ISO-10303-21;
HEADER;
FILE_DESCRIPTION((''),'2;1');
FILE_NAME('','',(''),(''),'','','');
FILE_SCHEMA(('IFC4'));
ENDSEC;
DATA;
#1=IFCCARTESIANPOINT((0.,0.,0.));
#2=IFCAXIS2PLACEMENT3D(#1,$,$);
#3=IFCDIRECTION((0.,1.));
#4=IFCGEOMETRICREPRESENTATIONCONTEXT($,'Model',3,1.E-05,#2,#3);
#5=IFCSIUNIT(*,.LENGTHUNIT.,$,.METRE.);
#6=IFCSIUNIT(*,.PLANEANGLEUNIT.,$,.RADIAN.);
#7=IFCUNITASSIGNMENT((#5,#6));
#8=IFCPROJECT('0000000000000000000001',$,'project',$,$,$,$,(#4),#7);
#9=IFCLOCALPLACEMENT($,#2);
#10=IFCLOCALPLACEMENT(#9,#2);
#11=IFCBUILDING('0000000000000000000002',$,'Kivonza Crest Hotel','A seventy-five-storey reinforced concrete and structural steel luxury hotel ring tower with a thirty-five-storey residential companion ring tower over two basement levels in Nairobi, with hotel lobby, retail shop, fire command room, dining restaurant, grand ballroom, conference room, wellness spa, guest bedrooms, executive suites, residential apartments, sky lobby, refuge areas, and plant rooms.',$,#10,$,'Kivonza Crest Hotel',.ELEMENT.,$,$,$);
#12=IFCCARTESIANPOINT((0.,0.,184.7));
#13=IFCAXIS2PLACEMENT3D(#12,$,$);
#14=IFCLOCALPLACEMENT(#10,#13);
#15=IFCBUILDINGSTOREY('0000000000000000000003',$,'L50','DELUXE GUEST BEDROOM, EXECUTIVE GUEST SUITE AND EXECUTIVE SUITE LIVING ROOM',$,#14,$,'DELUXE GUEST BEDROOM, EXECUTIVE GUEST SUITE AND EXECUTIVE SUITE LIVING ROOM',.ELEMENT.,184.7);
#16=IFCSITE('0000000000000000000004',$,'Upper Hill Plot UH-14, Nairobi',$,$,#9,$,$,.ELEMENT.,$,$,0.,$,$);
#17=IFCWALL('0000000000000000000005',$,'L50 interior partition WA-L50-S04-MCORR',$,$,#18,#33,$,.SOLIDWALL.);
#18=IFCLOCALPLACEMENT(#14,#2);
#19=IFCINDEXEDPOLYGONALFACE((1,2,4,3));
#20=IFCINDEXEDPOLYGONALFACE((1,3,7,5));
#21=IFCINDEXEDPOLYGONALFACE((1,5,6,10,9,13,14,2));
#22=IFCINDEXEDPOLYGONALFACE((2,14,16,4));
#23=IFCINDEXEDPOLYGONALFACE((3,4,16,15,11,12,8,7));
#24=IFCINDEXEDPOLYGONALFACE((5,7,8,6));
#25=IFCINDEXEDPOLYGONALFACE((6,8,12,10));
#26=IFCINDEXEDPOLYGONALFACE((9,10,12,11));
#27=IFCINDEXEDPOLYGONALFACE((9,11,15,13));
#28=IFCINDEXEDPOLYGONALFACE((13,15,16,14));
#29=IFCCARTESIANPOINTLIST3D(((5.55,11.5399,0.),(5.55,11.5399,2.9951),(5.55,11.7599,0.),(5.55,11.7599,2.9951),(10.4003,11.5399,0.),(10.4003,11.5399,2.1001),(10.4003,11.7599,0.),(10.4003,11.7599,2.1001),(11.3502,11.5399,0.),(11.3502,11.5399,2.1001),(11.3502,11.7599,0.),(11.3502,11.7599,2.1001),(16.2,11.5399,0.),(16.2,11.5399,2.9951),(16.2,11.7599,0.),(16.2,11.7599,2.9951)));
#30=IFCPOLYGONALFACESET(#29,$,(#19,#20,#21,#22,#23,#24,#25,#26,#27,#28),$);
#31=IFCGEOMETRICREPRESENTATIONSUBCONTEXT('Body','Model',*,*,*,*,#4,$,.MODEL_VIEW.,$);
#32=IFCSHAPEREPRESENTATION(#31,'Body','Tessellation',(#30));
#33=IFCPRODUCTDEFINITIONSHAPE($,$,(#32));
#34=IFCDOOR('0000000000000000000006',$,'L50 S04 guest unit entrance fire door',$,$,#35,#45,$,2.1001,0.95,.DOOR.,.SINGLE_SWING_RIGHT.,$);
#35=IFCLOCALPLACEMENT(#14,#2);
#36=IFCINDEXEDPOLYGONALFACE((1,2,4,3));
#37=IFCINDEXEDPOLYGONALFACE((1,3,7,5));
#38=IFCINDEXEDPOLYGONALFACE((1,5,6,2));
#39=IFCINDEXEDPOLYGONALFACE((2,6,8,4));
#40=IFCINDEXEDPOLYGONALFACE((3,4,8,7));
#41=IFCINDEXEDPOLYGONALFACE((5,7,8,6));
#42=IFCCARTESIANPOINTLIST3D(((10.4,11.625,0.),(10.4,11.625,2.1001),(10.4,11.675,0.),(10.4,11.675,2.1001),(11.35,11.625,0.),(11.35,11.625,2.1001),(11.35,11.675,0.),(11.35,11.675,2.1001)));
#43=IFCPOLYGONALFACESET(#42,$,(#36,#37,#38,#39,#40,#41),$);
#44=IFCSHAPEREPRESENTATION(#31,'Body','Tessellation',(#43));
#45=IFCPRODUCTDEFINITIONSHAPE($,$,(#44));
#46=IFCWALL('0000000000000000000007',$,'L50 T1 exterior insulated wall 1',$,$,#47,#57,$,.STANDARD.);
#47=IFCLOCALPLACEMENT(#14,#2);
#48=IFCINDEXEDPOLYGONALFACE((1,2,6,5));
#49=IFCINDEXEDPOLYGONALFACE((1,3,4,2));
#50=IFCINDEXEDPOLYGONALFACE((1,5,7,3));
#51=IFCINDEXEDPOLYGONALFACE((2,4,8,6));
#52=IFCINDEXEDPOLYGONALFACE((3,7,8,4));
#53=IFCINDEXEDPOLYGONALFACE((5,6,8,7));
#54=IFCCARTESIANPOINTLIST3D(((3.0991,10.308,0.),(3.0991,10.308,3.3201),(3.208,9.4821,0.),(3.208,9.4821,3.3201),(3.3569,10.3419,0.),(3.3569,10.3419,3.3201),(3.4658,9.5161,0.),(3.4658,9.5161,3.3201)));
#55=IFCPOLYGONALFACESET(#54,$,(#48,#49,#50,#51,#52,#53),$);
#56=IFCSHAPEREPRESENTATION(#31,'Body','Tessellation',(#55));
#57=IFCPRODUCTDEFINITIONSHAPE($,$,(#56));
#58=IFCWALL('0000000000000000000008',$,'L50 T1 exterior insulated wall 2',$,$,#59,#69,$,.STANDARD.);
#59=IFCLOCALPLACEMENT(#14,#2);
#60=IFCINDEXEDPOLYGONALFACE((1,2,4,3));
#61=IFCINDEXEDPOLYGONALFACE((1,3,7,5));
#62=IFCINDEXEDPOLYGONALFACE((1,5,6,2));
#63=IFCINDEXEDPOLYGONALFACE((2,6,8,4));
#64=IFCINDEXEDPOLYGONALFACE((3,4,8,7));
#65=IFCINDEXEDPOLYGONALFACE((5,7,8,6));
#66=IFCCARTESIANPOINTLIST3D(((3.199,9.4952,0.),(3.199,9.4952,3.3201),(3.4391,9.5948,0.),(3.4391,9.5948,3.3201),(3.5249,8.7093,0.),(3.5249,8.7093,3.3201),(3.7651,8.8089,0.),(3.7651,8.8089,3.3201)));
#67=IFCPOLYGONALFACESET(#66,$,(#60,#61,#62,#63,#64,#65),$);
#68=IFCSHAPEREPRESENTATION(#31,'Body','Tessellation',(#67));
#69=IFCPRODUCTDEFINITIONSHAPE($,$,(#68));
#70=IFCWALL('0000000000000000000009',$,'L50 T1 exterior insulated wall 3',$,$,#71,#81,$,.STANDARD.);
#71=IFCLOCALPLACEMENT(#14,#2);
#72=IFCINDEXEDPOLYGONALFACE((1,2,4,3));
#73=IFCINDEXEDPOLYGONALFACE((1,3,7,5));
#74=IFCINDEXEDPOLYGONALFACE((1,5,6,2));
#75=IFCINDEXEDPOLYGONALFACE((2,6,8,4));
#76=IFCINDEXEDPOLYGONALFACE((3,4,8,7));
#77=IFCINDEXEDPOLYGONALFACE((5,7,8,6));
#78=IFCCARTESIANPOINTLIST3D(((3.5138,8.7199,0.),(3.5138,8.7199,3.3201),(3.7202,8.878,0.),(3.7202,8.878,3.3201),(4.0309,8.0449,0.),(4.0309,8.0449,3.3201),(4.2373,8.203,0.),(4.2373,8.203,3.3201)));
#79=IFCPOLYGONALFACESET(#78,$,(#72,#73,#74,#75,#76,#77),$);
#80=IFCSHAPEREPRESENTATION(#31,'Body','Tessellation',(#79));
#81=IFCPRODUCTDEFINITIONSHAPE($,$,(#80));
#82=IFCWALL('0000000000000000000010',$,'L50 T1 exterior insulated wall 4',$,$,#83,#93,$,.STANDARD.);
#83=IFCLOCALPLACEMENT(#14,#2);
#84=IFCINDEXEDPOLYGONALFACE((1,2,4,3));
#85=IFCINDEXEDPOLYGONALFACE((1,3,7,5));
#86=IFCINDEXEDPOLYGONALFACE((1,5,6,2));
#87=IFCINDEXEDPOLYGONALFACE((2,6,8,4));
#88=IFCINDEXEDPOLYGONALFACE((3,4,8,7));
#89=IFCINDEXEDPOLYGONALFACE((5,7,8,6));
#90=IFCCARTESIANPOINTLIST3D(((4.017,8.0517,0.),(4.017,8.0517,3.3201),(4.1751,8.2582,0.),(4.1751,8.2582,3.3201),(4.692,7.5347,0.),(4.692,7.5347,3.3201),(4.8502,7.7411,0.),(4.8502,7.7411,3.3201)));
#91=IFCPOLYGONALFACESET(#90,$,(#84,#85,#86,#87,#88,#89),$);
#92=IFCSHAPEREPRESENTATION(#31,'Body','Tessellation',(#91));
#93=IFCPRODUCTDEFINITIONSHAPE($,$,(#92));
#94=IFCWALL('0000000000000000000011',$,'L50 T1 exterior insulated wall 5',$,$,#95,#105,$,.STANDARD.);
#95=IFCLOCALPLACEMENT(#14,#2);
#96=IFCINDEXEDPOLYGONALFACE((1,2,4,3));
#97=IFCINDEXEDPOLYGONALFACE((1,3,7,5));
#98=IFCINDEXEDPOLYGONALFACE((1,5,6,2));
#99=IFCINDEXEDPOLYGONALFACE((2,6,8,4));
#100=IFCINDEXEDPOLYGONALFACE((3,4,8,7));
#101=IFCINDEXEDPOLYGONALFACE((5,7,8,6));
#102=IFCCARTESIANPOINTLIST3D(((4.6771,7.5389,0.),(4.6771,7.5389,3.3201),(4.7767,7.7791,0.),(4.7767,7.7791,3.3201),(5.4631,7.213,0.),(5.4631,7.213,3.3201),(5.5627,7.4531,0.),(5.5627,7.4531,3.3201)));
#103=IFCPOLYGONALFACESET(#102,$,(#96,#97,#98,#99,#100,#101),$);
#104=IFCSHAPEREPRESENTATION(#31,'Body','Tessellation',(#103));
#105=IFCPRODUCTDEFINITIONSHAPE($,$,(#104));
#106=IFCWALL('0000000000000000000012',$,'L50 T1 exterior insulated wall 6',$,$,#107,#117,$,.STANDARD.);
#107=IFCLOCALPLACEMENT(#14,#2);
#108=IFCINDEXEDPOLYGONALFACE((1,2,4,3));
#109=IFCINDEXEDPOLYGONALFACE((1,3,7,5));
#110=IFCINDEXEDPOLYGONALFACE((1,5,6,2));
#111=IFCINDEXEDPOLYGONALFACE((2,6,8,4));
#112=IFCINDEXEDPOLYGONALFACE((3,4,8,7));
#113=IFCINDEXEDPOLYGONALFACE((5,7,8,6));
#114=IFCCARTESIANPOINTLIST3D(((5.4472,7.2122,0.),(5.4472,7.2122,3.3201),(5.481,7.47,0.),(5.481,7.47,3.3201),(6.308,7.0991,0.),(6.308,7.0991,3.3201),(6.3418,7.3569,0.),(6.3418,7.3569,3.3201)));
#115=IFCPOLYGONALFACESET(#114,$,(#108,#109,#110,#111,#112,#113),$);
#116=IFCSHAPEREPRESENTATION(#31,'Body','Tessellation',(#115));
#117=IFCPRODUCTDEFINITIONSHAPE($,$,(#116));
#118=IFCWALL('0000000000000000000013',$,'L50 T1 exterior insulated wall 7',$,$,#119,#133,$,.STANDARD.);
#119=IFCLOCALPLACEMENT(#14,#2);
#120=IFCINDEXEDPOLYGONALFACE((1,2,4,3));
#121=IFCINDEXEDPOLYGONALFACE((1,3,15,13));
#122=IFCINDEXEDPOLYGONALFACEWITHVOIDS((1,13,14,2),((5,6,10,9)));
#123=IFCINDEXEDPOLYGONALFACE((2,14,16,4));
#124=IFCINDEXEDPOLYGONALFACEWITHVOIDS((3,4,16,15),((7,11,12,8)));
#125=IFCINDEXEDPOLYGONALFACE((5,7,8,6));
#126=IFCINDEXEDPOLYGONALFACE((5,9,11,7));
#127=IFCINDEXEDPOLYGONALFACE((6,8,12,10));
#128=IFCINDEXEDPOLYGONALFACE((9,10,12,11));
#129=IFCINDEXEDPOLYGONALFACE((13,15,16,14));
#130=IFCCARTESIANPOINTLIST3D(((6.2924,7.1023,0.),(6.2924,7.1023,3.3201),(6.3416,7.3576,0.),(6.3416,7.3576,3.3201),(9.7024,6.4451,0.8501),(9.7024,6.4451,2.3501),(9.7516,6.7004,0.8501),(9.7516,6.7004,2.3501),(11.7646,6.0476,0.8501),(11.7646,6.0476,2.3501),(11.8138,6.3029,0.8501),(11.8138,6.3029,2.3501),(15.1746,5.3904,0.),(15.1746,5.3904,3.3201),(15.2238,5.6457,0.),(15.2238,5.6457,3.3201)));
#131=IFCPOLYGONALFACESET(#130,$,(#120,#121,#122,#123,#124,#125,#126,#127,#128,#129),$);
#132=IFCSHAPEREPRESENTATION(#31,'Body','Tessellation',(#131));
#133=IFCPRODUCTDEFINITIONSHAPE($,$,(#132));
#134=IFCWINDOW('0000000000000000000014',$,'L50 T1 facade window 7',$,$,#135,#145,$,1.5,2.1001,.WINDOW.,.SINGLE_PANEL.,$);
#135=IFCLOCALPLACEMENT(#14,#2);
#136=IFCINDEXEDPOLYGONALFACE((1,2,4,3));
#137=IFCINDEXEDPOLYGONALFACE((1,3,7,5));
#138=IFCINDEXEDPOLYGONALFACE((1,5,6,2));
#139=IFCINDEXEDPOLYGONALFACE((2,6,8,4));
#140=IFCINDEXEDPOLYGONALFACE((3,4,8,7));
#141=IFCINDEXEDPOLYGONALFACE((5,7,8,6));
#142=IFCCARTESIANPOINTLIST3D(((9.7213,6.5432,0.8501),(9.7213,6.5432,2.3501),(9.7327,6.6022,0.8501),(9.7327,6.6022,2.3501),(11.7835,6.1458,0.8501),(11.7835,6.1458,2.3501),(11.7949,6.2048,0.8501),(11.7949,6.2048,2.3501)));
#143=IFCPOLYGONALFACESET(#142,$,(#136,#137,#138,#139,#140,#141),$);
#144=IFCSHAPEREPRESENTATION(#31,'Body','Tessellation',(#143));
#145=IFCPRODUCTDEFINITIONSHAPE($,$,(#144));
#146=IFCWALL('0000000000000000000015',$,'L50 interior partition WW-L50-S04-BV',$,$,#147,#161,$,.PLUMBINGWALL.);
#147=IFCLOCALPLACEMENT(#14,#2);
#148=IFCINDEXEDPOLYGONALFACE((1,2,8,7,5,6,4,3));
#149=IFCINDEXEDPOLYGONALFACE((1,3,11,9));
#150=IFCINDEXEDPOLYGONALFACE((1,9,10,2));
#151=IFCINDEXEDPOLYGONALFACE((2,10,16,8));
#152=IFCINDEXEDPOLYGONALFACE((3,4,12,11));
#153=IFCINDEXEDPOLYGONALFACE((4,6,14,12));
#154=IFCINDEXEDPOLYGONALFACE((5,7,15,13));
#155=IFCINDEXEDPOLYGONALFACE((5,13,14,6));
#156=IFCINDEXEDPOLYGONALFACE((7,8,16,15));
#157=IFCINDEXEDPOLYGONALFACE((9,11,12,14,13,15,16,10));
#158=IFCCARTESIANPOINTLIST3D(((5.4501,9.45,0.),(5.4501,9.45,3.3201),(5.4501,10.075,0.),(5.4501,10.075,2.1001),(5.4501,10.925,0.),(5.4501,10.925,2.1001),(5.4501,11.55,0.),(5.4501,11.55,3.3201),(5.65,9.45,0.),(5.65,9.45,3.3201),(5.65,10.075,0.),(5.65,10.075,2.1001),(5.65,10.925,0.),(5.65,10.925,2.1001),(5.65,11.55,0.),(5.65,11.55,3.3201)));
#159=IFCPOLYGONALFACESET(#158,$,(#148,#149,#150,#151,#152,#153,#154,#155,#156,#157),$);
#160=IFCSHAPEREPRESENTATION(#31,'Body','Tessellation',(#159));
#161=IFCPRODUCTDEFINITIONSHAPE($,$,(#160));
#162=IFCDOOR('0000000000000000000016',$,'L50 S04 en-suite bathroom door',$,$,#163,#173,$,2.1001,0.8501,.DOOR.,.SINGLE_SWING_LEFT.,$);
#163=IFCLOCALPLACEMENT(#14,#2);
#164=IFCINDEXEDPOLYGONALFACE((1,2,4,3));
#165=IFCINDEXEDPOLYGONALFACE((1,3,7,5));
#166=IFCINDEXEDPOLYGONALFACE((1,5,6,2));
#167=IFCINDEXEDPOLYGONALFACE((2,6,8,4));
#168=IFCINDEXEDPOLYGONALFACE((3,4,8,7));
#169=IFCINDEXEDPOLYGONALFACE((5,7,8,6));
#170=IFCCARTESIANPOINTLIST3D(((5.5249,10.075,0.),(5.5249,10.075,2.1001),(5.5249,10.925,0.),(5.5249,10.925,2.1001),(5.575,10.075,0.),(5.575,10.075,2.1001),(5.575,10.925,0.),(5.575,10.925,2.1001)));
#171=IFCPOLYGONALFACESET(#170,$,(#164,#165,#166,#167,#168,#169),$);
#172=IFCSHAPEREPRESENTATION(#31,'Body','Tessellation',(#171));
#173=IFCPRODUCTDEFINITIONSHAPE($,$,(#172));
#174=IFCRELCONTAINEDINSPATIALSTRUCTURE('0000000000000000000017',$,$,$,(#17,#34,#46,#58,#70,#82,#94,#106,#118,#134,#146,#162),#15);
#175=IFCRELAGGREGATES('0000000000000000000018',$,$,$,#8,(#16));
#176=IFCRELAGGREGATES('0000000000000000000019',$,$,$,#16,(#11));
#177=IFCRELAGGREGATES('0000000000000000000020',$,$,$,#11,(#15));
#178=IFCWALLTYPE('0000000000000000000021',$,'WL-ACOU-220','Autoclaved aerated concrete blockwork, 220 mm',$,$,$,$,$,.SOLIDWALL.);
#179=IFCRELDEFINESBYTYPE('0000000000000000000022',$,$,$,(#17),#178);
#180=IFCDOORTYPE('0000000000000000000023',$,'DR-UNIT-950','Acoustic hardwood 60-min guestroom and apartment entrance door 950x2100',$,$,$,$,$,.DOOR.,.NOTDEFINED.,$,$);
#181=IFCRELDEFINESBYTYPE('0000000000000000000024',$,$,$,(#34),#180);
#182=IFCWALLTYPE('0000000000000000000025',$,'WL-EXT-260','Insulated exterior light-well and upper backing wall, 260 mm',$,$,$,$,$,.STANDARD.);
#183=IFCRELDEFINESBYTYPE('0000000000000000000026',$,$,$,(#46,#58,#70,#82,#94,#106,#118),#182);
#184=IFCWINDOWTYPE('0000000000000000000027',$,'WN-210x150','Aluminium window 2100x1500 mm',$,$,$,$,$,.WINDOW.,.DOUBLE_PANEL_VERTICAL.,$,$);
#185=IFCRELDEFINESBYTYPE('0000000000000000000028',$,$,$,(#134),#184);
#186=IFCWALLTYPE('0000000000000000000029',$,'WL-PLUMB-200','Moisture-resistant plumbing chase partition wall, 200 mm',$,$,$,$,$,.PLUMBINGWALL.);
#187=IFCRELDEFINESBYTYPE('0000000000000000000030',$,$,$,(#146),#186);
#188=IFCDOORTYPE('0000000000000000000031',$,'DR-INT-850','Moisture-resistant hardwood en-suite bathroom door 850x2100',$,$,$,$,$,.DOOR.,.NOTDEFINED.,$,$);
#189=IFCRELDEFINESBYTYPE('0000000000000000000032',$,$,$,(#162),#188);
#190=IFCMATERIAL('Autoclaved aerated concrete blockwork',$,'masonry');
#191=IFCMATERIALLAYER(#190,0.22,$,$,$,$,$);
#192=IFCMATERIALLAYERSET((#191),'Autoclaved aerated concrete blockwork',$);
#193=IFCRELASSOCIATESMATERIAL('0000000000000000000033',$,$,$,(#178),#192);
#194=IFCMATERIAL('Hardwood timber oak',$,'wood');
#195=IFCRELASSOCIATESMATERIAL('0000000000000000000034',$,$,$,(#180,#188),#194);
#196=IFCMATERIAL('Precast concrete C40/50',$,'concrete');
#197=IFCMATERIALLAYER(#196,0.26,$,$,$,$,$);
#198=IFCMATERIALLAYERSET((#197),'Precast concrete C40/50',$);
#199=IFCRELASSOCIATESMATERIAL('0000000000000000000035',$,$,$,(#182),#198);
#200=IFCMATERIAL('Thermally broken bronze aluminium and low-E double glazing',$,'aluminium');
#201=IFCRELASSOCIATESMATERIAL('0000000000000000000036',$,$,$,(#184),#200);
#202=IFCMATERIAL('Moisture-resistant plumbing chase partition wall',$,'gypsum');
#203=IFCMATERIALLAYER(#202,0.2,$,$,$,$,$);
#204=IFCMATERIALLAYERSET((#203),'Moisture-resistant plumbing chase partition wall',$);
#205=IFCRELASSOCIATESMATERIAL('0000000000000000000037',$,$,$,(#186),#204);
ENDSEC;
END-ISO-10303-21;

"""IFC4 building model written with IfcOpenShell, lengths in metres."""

from ifc_helpers import new_model, si_unit, direction, frame, frame_2d, origin, place, context, subcontext, project, spatial, rectangle, extrude, material, layer, layer_set, type_object, element, fill, save


model = new_model("IFC4")

# Units and contexts
model_context = context("Model", 3, precision=1e-05, world=origin(), true_north=direction((0.0, 1.0)))
body_context = subcontext(model_context, "Body", "Model", "MODEL_VIEW")
ifc_project = project(units=[si_unit("LENGTHUNIT", "METRE"), si_unit("PLANEANGLEUNIT", "RADIAN")], contexts=[model_context])

# Site, building, storey
site_placement = place(None, origin())
site = spatial("IfcSite", under=ifc_project, at=site_placement, Name="Upper Hill Plot UH-14, Nairobi", CompositionType="ELEMENT", RefElevation=0.0)
building_placement = place(site_placement, origin())
building = spatial("IfcBuilding", under=site, at=building_placement, Name="Kivonza Crest Hotel", Description="A seventy-five-storey reinforced concrete and structural steel luxury hotel ring tower with a thirty-five-storey residential companion ring tower over two basement levels in Nairobi, with hotel lobby, retail shop, fire command room, dining restaurant, grand ballroom, conference room, wellness spa, guest bedrooms, executive suites, residential apartments, sky lobby, refuge areas, and plant rooms.", LongName="Kivonza Crest Hotel", CompositionType="ELEMENT")
storey_placement = place(building_placement, frame((0.0, 0.0, 184.7)))
storey = spatial("IfcBuildingStorey", under=building, at=storey_placement, Name="L50", Description="DELUXE GUEST BEDROOM, EXECUTIVE GUEST SUITE AND EXECUTIVE SUITE LIVING ROOM", LongName="DELUXE GUEST BEDROOM, EXECUTIVE GUEST SUITE AND EXECUTIVE SUITE LIVING ROOM", CompositionType="ELEMENT", Elevation=184.7)

# Shared definitions
ifc_material_1 = material(Name="Autoclaved aerated concrete blockwork", Category="masonry")
ifc_layer_1 = layer(ifc_material_1, 0.22)
ifc_layer_set_1 = layer_set([ifc_layer_1], Name="Autoclaved aerated concrete blockwork")
wall_type_1 = type_object("IfcWallType", Name="WL-ACOU-220", Description="Autoclaved aerated concrete blockwork, 220 mm", PredefinedType="SOLIDWALL", material=ifc_layer_set_1)

# Wall, opening, door
wall_1_placement = place(storey_placement, frame((5.55, 11.6499, 0.0), z_axis=(0.0, 0.0, 1.0), x_axis=(1.0, 0.0, 0.0)))
wall_1 = element("IfcWall", 1, at=wall_1_placement, inside=storey, type_object=wall_type_1, Name="L50 interior partition WA-L50-S04-MCORR", PredefinedType="SOLIDWALL", context=body_context, shape_type="SweptSolid", body=[
    extrude(rectangle(XDim=10.6499, YDim=0.22, at=frame_2d((5.325, 0.0))), origin(), (0.0, 0.0, 1.0), 2.9951),
])
opening_1_placement = place(wall_1_placement, frame((4.8501, 0.0, 0.0)))
opening_1 = element("IfcOpeningElement", 2, at=opening_1_placement, cuts=wall_1, PredefinedType="OPENING", context=body_context, shape_type="SweptSolid", body=[
    extrude(rectangle(XDim=0.95, YDim=2.1001, at=frame_2d((0.4751, 1.05))), frame((0.0, 0.1201, 0.0), z_axis=(0.0, -1.0, 0.0), x_axis=(1.0, 0.0, 0.0)), (0.0, 0.0, 1.0), 0.24),
])
ifc_material_2 = material(Name="Hardwood timber oak", Category="wood")
door_type_1 = type_object("IfcDoorType", Name="DR-UNIT-950", Description="Acoustic hardwood 60-min guestroom and apartment entrance door 950x2100", OperationType="NOTDEFINED", PredefinedType="DOOR", material=ifc_material_2)
door_1_placement = place(opening_1_placement, frame((0.95, 0.0, 0.0), z_axis=(0.0, 0.0, 1.0), x_axis=(-1.0, 0.0, 0.0)))
door_1 = element("IfcDoor", 3, at=door_1_placement, inside=storey, type_object=door_type_1, Name="L50 S04 guest unit entrance fire door", OperationType="SINGLE_SWING_RIGHT", OverallHeight=2.1001, OverallWidth=0.95, PredefinedType="DOOR", context=body_context, shape_type="SweptSolid", body=[
    extrude(rectangle(XDim=0.95, YDim=2.1001, at=frame_2d((0.4751, 1.05))), frame((0.0, 0.0249, 0.0), z_axis=(0.0, -1.0, 0.0), x_axis=(1.0, 0.0, 0.0)), (0.0, 0.0, 1.0), 0.05),
])
fill(opening_1, door_1)

# Walls
ifc_material_3 = material(Name="Precast concrete C40/50", Category="concrete")
ifc_layer_2 = layer(ifc_material_3, 0.26)
ifc_layer_set_2 = layer_set([ifc_layer_2], Name="Precast concrete C40/50")
wall_type_2 = type_object("IfcWallType", Name="WL-EXT-260", Description="Insulated exterior light-well and upper backing wall, 260 mm", PredefinedType="STANDARD", material=ifc_layer_set_2)
wall_2_placement = place(storey_placement, frame((3.228, 10.325, 0.0), z_axis=(0.0, 0.0, 1.0), x_axis=(0.130705, -0.991421, 0.0)))
element("IfcWall", 4, at=wall_2_placement, inside=storey, type_object=wall_type_2, Name="L50 T1 exterior insulated wall 1", PredefinedType="STANDARD", context=body_context, shape_type="SweptSolid", body=[
    extrude(rectangle(XDim=0.833, YDim=0.26, at=frame_2d((0.4165, 0.0))), origin(), (0.0, 0.0, 1.0), 3.3201),
])
wall_3_placement = place(storey_placement, frame((3.3191, 9.5449, 0.0), z_axis=(0.0, 0.0, 1.0), x_axis=(0.383087, -0.923712, 0.0)))
element("IfcWall", 5, at=wall_3_placement, inside=storey, type_object=wall_type_2, Name="L50 T1 exterior insulated wall 2", PredefinedType="STANDARD", context=body_context, shape_type="SweptSolid", body=[
    extrude(rectangle(XDim=0.8508, YDim=0.26, at=frame_2d((0.4253, 0.0))), origin(), (0.0, 0.0, 1.0), 3.3201),
])
for number, where, z_axis, x_axis, name in (
    (6, (3.6169, 8.7991, 0.0), (0.0, 0.0, 1.0), (0.6081, -0.79386, 0.0), "L50 T1 exterior insulated wall 3"),
    (7, (4.0959, 8.155, 0.0), (0.0, 0.0, 1.0), (0.79386, -0.6081, 0.0), "L50 T1 exterior insulated wall 4"),
):
    element("IfcWall", number, at=place(storey_placement, frame(where, z_axis=z_axis, x_axis=x_axis)), inside=storey, type_object=wall_type_2, Name=name, PredefinedType="STANDARD", context=body_context, shape_type="SweptSolid", body=[
        extrude(rectangle(XDim=0.8503, YDim=0.26, at=frame_2d((0.4253, 0.0))), origin(), (0.0, 0.0, 1.0), 3.3201),
    ])
wall_4_placement = place(storey_placement, frame((4.7271, 7.6589, 0.0), z_axis=(0.0, 0.0, 1.0), x_axis=(0.923712, -0.383087, 0.0)))
element("IfcWall", 8, at=wall_4_placement, inside=storey, type_object=wall_type_2, Name="L50 T1 exterior insulated wall 5", PredefinedType="STANDARD", context=body_context, shape_type="SweptSolid", body=[
    extrude(rectangle(XDim=0.8508, YDim=0.26, at=frame_2d((0.4253, 0.0))), origin(), (0.0, 0.0, 1.0), 3.3201),
])
wall_5_placement = place(storey_placement, frame((5.4641, 7.3411, 0.0), z_axis=(0.0, 0.0, 1.0), x_axis=(0.991489, -0.130193, 0.0)))
element("IfcWall", 9, at=wall_5_placement, inside=storey, type_object=wall_type_2, Name="L50 T1 exterior insulated wall 6", PredefinedType="STANDARD", context=body_context, shape_type="SweptSolid", body=[
    extrude(rectangle(XDim=0.8682, YDim=0.26, at=frame_2d((0.4341, 0.0))), origin(), (0.0, 0.0, 1.0), 3.3201),
])

# Wall, opening, window
wall_6_placement = place(storey_placement, frame((6.3169, 7.23, 0.0), z_axis=(0.0, 0.0, 1.0), x_axis=(0.981928, -0.189255, 0.0)))
wall_6 = element("IfcWall", 10, at=wall_6_placement, inside=storey, type_object=wall_type_2, Name="L50 T1 exterior insulated wall 7", PredefinedType="STANDARD", context=body_context, shape_type="SweptSolid", body=[
    extrude(rectangle(XDim=9.0457, YDim=0.26, at=frame_2d((4.5229, 0.0))), origin(), (0.0, 0.0, 1.0), 3.3201),
])
opening_2_placement = place(wall_6_placement, frame((3.4729, 0.0, 0.8501)))
opening_2 = element("IfcOpeningElement", 11, at=opening_2_placement, cuts=wall_6, PredefinedType="OPENING", context=body_context, shape_type="SweptSolid", body=[
    extrude(rectangle(XDim=2.1001, YDim=1.5, at=frame_2d((1.05, 0.75))), frame((0.0, 0.1401, 0.0), z_axis=(0.0, -1.0, 0.0), x_axis=(1.0, 0.0, 0.0)), (0.0, 0.0, 1.0), 0.28),
])
ifc_material_4 = material(Name="Thermally broken bronze aluminium and low-E double glazing", Category="aluminium")
window_type = type_object("IfcWindowType", Name="WN-210x150", Description="Aluminium window 2100x1500 mm", PartitioningType="DOUBLE_PANEL_VERTICAL", PredefinedType="WINDOW", material=ifc_material_4)
window_placement = place(opening_2_placement, origin())
window = element("IfcWindow", 12, at=window_placement, inside=storey, type_object=window_type, Name="L50 T1 facade window 7", OverallHeight=1.5, OverallWidth=2.1001, PartitioningType="SINGLE_PANEL", PredefinedType="WINDOW", context=body_context, shape_type="SweptSolid", body=[
    extrude(rectangle(XDim=2.1001, YDim=1.5, at=frame_2d((1.05, 0.75))), frame((0.0, 0.03, 0.0), z_axis=(0.0, -1.0, 0.0), x_axis=(1.0, 0.0, 0.0)), (0.0, 0.0, 1.0), 0.0601),
])
fill(opening_2, window)

# Wall, opening, door
ifc_material_5 = material(Name="Moisture-resistant plumbing chase partition wall", Category="gypsum")
ifc_layer_3 = layer(ifc_material_5, 0.2)
ifc_layer_set_3 = layer_set([ifc_layer_3], Name="Moisture-resistant plumbing chase partition wall")
wall_type_3 = type_object("IfcWallType", Name="WL-PLUMB-200", Description="Moisture-resistant plumbing chase partition wall, 200 mm", PredefinedType="PLUMBINGWALL", material=ifc_layer_set_3)
wall_7_placement = place(storey_placement, frame((5.55, 9.45, 0.0), z_axis=(0.0, 0.0, 1.0), x_axis=(0.0, 1.0, 0.0)))
wall_7 = element("IfcWall", 13, at=wall_7_placement, inside=storey, type_object=wall_type_3, Name="L50 interior partition WW-L50-S04-BV", PredefinedType="PLUMBINGWALL", context=body_context, shape_type="SweptSolid", body=[
    extrude(rectangle(XDim=2.1001, YDim=0.2, at=frame_2d((1.05, 0.0))), origin(), (0.0, 0.0, 1.0), 3.3201),
])
opening_3_placement = place(wall_7_placement, frame((0.625, 0.0, 0.0)))
opening_3 = element("IfcOpeningElement", 14, at=opening_3_placement, cuts=wall_7, PredefinedType="OPENING", context=body_context, shape_type="SweptSolid", body=[
    extrude(rectangle(XDim=0.8501, YDim=2.1001, at=frame_2d((0.425, 1.05))), frame((0.0, 0.1099, 0.0), z_axis=(0.0, -1.0, 0.0), x_axis=(1.0, 0.0, 0.0)), (0.0, 0.0, 1.0), 0.22),
])
door_type_2 = type_object("IfcDoorType", Name="DR-INT-850", Description="Moisture-resistant hardwood en-suite bathroom door 850x2100", OperationType="NOTDEFINED", PredefinedType="DOOR", material=ifc_material_2)
door_2_placement = place(opening_3_placement, frame((0.8501, 0.0, 0.0), z_axis=(0.0, 0.0, 1.0), x_axis=(-1.0, 0.0, 0.0)))
door_2 = element("IfcDoor", 15, at=door_2_placement, inside=storey, type_object=door_type_2, Name="L50 S04 en-suite bathroom door", OperationType="SINGLE_SWING_LEFT", OverallHeight=2.1001, OverallWidth=0.8501, PredefinedType="DOOR", context=body_context, shape_type="SweptSolid", body=[
    extrude(rectangle(XDim=0.8501, YDim=2.1001, at=frame_2d((0.425, 1.05))), frame((0.0, 0.0249, 0.0), z_axis=(0.0, -1.0, 0.0), x_axis=(1.0, 0.0, 0.0)), (0.0, 0.0, 1.0), 0.05),
])
fill(opening_3, door_2)

save(model, "model.ifc")
